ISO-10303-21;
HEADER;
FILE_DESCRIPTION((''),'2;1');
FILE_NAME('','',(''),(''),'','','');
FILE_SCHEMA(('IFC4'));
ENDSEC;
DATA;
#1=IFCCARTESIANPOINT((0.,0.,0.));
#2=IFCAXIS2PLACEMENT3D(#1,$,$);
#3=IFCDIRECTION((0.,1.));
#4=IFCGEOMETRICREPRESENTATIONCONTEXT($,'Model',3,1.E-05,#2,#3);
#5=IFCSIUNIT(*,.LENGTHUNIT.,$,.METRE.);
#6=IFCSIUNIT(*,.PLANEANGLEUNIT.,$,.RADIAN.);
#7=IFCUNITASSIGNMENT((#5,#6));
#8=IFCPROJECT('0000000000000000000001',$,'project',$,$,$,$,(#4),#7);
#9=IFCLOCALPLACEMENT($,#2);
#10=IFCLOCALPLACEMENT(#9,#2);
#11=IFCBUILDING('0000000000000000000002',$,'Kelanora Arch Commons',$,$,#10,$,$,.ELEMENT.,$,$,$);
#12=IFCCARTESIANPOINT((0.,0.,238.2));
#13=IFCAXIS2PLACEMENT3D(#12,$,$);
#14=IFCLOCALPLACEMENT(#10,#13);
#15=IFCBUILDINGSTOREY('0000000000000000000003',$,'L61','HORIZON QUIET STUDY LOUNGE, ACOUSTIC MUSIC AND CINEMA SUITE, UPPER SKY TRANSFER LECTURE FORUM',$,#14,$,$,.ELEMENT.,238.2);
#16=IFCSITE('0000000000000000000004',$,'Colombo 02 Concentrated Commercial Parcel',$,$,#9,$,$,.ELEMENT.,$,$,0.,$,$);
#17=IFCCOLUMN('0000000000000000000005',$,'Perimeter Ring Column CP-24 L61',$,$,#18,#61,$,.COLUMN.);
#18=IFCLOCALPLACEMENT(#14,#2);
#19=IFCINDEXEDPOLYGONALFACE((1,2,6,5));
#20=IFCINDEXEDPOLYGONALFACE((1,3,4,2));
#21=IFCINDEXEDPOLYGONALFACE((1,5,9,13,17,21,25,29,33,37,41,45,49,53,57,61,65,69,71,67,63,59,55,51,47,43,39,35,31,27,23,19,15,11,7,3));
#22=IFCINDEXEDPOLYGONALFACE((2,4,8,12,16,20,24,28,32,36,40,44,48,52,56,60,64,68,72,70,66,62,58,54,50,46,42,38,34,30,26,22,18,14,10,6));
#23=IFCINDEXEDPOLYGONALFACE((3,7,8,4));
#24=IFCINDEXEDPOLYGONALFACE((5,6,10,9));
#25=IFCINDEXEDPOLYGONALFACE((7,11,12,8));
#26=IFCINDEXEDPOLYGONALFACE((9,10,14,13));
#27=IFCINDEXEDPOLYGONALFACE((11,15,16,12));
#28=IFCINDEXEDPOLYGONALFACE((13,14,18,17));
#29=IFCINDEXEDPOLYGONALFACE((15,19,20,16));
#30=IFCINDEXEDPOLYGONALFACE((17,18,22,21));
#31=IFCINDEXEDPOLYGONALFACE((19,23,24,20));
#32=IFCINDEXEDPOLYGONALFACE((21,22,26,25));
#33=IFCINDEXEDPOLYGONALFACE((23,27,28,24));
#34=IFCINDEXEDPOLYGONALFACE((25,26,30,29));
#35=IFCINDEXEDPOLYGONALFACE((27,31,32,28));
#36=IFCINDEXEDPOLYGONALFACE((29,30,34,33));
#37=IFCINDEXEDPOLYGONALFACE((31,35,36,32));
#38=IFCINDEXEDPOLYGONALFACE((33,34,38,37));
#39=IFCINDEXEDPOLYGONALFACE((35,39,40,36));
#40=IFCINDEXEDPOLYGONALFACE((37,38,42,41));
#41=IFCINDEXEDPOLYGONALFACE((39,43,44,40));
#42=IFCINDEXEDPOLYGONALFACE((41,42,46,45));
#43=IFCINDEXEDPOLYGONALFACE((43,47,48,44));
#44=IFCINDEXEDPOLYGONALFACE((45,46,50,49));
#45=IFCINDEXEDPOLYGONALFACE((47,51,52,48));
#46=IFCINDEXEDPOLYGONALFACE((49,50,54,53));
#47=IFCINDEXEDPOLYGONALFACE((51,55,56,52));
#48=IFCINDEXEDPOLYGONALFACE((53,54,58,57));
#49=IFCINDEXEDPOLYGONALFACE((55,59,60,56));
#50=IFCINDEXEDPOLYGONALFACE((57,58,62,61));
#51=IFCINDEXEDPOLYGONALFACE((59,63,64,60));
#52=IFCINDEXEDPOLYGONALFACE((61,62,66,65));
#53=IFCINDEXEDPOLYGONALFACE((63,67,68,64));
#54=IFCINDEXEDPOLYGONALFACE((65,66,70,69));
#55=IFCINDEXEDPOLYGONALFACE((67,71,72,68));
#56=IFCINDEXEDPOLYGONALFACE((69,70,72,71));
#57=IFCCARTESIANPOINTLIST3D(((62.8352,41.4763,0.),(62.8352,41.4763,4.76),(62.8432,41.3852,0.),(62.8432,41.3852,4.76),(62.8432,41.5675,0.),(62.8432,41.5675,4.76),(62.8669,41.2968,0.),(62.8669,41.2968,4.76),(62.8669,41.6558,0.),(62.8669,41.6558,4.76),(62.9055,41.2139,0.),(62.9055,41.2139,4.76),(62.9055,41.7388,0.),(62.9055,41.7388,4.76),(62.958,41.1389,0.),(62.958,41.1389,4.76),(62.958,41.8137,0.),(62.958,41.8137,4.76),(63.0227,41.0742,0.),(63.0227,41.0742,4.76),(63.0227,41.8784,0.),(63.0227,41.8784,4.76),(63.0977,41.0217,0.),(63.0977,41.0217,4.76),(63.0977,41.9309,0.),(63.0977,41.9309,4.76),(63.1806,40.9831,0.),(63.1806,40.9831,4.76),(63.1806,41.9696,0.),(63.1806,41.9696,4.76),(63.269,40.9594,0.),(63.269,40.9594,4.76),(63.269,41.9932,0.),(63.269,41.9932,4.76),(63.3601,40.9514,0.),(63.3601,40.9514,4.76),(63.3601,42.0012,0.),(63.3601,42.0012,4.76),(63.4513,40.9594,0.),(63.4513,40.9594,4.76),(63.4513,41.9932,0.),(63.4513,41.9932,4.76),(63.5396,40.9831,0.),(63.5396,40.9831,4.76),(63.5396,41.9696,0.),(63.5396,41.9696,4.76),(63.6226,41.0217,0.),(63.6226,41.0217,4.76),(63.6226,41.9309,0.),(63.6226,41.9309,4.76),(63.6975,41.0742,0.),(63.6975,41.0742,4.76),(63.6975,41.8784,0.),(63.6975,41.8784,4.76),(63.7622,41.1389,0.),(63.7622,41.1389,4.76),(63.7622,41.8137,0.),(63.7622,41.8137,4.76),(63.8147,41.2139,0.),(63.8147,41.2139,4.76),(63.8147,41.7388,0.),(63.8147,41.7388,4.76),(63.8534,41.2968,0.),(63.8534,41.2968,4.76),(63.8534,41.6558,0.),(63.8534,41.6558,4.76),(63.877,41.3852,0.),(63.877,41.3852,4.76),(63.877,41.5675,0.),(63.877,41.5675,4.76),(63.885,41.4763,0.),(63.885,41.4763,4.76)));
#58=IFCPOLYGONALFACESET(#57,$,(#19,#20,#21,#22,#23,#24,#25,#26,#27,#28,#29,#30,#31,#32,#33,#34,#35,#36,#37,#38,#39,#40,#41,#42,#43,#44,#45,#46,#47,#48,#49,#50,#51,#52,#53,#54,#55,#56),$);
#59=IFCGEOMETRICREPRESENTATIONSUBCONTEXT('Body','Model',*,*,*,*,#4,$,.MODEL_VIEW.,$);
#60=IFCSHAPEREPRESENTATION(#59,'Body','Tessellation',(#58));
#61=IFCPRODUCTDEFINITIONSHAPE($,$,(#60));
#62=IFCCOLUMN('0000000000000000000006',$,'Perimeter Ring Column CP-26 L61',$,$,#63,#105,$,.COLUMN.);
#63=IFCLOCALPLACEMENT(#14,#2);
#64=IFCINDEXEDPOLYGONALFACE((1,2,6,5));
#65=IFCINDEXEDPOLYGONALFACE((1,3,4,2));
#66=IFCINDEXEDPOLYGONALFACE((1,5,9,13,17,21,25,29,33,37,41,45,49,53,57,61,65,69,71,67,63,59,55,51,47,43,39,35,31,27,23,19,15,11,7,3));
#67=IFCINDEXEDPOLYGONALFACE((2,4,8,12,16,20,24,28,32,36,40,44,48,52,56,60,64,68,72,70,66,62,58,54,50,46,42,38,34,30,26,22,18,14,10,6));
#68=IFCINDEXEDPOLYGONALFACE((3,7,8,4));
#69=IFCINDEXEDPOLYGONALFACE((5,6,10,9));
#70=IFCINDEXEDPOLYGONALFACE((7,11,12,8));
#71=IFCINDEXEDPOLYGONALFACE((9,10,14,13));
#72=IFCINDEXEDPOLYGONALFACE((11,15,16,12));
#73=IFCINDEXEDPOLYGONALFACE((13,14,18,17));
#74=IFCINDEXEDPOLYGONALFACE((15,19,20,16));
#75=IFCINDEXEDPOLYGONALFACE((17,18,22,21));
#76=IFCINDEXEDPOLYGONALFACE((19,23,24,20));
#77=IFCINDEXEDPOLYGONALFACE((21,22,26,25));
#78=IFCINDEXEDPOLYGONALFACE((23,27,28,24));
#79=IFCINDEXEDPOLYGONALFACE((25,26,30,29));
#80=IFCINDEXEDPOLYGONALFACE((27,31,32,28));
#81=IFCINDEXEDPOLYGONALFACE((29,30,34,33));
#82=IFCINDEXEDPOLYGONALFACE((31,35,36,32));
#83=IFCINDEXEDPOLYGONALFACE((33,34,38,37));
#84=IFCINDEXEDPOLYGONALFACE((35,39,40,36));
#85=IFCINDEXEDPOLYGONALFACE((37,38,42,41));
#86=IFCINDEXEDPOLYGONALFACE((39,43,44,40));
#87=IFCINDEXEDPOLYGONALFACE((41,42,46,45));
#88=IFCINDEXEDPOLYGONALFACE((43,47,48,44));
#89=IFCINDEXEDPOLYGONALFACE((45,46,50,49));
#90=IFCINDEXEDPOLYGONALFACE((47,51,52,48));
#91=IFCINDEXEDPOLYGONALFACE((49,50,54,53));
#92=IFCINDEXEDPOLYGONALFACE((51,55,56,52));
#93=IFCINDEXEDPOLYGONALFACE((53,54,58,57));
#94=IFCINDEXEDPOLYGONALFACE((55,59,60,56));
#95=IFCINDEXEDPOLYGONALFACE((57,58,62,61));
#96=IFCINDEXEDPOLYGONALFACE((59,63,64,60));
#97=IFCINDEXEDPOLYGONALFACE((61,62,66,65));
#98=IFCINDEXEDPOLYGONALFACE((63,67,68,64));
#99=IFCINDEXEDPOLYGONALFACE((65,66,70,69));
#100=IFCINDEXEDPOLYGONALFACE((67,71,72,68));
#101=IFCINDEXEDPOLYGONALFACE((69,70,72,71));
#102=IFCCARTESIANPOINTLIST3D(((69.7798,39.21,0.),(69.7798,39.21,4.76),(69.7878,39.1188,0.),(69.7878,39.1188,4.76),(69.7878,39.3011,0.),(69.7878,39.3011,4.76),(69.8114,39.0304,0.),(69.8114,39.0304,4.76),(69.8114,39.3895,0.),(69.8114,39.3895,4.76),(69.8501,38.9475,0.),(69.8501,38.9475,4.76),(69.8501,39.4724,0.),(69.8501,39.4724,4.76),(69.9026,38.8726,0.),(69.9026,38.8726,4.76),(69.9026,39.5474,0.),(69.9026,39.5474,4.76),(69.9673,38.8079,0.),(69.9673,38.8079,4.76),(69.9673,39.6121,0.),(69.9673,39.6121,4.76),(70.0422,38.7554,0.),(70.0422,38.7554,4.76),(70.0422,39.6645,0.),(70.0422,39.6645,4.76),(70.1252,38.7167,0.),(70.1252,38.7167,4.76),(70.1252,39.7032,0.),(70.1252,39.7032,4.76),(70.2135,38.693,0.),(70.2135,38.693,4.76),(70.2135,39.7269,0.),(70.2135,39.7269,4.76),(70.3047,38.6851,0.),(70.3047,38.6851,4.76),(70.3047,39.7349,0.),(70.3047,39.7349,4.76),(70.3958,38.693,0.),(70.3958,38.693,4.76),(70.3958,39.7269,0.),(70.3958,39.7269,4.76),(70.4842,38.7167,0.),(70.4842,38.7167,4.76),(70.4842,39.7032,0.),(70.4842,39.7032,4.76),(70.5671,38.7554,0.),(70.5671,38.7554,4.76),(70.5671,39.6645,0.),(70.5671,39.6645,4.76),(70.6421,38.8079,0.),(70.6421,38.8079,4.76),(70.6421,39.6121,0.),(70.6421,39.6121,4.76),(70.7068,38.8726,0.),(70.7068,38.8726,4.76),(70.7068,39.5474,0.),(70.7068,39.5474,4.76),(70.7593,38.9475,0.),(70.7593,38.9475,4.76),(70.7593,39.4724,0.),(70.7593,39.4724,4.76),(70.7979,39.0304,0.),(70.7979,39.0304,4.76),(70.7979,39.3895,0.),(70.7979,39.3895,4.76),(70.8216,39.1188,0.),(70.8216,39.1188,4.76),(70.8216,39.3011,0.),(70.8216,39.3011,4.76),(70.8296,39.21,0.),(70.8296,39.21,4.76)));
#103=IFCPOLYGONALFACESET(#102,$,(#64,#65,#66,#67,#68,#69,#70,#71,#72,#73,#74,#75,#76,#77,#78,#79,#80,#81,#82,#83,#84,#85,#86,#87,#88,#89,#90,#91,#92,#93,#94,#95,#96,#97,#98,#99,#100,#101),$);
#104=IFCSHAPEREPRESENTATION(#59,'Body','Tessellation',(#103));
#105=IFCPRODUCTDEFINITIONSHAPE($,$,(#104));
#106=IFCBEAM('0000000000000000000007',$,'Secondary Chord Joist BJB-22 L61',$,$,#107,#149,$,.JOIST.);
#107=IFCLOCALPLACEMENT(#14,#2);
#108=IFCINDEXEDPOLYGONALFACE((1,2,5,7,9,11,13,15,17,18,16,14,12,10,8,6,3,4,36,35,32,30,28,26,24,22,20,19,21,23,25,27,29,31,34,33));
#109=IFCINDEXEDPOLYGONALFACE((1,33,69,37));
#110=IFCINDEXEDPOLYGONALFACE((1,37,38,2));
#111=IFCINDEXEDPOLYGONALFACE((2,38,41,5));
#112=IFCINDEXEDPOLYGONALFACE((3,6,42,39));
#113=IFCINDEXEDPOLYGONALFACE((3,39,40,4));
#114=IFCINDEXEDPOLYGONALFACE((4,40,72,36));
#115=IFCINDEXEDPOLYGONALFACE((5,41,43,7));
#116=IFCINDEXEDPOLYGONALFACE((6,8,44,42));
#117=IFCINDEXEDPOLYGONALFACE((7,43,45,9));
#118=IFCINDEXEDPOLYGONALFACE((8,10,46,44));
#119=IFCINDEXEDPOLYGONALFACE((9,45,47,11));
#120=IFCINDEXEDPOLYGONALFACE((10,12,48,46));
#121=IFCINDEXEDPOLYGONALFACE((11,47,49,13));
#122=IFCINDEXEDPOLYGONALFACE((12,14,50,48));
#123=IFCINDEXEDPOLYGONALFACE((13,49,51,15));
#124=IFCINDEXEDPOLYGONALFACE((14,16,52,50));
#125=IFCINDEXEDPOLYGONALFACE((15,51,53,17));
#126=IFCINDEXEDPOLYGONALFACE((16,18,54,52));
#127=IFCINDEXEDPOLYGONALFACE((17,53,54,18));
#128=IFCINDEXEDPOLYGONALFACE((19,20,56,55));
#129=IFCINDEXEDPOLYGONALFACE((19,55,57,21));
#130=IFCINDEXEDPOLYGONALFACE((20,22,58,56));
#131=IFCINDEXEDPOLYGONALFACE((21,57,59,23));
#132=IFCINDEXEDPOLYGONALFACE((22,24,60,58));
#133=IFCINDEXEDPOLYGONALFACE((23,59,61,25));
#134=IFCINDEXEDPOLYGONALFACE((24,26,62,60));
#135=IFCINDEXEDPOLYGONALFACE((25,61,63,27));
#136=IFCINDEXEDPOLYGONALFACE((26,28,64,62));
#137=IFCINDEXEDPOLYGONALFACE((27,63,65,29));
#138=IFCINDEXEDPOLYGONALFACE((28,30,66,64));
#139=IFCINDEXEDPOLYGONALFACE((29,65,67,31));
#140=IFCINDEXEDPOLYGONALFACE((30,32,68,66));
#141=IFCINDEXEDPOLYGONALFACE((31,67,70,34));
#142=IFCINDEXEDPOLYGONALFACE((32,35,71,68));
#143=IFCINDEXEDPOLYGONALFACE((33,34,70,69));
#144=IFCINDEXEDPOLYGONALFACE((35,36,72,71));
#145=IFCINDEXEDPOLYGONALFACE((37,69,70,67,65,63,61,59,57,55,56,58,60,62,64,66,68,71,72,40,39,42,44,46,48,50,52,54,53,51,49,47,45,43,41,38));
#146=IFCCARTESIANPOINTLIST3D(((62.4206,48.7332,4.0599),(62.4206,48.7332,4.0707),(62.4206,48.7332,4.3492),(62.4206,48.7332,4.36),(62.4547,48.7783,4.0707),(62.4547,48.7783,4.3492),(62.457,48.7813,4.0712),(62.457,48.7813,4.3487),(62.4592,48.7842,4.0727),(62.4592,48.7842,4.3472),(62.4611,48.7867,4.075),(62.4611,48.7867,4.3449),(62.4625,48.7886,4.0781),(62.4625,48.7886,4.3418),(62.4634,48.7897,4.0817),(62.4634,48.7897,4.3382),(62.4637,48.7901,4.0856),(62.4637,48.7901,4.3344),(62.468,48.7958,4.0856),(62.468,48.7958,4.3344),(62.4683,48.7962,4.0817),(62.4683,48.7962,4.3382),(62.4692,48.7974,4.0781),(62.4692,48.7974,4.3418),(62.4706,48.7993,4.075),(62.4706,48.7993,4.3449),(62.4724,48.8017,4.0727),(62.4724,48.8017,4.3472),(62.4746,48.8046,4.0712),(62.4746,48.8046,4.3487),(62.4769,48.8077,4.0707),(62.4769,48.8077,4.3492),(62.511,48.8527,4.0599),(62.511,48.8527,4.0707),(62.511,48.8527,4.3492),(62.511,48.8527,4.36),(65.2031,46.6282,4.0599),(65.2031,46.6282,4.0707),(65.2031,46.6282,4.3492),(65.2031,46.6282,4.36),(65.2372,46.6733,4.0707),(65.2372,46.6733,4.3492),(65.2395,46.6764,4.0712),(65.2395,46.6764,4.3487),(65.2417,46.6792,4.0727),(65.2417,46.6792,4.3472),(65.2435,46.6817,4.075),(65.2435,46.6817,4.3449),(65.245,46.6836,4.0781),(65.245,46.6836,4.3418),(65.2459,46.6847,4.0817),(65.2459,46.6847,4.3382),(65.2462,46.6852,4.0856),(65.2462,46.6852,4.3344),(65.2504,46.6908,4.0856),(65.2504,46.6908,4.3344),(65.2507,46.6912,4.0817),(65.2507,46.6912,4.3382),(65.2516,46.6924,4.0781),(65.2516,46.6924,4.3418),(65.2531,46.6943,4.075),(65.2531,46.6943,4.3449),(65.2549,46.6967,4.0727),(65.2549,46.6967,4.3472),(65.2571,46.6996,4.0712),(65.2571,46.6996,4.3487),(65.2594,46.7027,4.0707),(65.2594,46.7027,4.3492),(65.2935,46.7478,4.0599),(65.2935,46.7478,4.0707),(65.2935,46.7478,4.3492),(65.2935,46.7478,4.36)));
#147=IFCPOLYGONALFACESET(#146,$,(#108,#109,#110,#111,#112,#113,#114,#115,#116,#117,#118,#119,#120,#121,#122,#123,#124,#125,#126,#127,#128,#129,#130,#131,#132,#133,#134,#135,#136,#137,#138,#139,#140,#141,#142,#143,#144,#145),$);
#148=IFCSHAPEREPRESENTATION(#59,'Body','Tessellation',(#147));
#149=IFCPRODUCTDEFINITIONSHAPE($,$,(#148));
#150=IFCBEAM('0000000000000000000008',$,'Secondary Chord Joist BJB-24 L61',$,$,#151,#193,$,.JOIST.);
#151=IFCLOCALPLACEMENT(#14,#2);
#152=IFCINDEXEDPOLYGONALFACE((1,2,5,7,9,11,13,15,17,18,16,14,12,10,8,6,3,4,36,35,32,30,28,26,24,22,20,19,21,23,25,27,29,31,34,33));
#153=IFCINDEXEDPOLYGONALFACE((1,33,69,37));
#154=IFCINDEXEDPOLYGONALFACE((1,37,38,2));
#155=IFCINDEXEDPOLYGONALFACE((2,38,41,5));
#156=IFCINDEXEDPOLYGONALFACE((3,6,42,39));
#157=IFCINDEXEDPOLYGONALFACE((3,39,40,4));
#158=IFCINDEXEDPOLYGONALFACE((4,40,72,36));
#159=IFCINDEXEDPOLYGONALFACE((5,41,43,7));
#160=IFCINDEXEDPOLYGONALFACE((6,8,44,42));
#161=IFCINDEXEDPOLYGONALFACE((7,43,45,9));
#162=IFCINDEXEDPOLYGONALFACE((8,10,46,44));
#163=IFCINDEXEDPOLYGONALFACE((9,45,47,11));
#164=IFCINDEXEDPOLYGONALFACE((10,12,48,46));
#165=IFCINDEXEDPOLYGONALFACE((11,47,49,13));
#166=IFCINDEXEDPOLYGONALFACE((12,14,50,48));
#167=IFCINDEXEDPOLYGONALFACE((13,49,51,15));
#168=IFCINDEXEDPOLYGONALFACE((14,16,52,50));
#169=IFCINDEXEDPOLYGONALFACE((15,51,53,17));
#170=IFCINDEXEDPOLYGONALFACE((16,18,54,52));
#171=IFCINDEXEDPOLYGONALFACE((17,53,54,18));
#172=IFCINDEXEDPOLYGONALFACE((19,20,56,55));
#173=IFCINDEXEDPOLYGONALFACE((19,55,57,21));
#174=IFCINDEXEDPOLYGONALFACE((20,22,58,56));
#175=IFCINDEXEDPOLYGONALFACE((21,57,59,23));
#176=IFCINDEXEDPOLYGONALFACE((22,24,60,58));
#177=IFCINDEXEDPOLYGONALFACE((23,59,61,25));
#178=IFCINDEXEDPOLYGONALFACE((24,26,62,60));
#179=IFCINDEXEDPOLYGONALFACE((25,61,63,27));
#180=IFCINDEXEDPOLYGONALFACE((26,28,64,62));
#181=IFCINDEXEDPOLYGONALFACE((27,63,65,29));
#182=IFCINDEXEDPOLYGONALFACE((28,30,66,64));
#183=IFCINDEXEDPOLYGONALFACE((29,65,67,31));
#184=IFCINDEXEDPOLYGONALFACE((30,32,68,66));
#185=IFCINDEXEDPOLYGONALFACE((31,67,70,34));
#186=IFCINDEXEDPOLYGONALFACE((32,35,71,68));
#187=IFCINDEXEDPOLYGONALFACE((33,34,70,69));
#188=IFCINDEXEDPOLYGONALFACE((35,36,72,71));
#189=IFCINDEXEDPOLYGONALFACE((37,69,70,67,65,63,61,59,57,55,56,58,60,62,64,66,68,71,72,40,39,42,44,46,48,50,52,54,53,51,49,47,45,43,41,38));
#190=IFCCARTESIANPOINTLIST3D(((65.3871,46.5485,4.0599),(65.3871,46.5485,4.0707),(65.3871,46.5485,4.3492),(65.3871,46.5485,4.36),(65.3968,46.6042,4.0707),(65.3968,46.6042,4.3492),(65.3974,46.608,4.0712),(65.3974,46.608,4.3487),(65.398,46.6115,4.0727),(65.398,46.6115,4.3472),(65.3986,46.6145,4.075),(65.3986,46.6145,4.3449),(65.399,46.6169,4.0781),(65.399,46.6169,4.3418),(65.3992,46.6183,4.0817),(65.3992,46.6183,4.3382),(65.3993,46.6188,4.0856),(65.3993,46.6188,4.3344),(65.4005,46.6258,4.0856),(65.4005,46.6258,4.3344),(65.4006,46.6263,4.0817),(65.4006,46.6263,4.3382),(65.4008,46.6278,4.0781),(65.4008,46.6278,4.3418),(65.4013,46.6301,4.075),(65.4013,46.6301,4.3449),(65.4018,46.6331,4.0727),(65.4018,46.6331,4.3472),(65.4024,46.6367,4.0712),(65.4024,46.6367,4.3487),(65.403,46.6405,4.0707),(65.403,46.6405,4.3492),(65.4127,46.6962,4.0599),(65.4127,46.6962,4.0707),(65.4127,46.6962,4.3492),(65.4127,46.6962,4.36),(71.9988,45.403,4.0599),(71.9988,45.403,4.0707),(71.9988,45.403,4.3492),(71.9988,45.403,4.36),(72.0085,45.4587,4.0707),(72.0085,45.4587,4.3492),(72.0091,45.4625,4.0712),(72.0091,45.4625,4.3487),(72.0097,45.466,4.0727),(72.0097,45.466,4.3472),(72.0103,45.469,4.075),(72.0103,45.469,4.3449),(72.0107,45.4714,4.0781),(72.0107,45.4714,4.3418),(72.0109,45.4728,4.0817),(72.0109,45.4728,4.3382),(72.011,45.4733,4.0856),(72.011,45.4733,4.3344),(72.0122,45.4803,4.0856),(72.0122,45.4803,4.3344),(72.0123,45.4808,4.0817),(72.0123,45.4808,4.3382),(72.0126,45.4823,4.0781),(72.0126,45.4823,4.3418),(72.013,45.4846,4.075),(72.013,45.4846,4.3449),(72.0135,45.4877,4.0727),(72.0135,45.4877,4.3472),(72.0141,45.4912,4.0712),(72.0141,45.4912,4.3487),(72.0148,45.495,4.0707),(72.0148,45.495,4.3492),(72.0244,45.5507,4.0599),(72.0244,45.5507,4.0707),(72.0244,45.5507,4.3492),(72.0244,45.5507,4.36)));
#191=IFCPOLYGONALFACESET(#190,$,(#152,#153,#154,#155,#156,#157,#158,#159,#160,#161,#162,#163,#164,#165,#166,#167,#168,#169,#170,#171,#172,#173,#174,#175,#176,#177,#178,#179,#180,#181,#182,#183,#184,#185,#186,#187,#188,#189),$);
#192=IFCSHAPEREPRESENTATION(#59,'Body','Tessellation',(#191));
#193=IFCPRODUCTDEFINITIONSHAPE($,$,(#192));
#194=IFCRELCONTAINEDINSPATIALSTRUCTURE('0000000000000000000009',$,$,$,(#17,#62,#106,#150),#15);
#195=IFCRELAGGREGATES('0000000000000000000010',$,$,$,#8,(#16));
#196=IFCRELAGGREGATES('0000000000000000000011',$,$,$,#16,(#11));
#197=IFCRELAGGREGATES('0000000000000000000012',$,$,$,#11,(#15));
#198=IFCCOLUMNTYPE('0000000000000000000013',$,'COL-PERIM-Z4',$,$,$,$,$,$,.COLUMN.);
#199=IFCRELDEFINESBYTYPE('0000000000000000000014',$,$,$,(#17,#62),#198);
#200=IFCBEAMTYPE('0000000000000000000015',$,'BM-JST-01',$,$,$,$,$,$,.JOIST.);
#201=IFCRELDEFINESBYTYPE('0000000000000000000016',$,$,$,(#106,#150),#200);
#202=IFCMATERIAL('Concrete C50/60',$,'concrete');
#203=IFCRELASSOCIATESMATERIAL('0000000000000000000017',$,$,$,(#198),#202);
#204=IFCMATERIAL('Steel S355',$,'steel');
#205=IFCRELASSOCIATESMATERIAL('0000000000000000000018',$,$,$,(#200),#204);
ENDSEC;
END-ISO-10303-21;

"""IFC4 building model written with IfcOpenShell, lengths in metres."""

from ifc_helpers import new_model, si_unit, direction, frame, origin, origin_2d, place, context, subcontext, project, spatial, circle, i_section, extrude, material, material_profile, profile_set, type_object, element, save


model = new_model("IFC4")

# Units and contexts
model_context = context("Model", 3, precision=1e-05, world=origin(), true_north=direction((0.0, 1.0)))
body_context = subcontext(model_context, "Body", "Model", "MODEL_VIEW")
ifc_project = project(units=[si_unit("LENGTHUNIT", "METRE"), si_unit("PLANEANGLEUNIT", "RADIAN")], contexts=[model_context])

# Site, building, storey
site_placement = place(None, origin())
site = spatial("IfcSite", under=ifc_project, at=site_placement, Name="Colombo 02 Concentrated Commercial Parcel", CompositionType="ELEMENT", RefElevation=0.0)
building_placement = place(site_placement, origin())
building = spatial("IfcBuilding", under=site, at=building_placement, Name="Kelanora Arch Commons", CompositionType="ELEMENT")
storey_placement = place(building_placement, frame((0.0, 0.0, 238.2)))
storey = spatial("IfcBuildingStorey", under=building, at=storey_placement, Name="L61", Description="HORIZON QUIET STUDY LOUNGE, ACOUSTIC MUSIC AND CINEMA SUITE, UPPER SKY TRANSFER LECTURE FORUM", CompositionType="ELEMENT", Elevation=238.2)

# Columns
ifc_material_1 = material(Name="Concrete C50/60", Category="concrete")
ifc_material_profile_1 = material_profile(ifc_material_1, circle(Radius=0.5249, at=origin_2d()), Name="RCC1050")
ifc_profile_set_1 = profile_set([ifc_material_profile_1], Name="Concrete C50/60")
column_type = type_object("IfcColumnType", Name="COL-PERIM-Z4", PredefinedType="COLUMN", material=ifc_profile_set_1)
for number, where, z_axis, x_axis, name in (
    (1, (63.3601, 41.4763, 0.0), (0.0, 0.0, 1.0), (1.0, 0.0, 0.0), "Perimeter Ring Column CP-24 L61"),
    (2, (70.3047, 39.21, 0.0), (0.0, 0.0, 1.0), (1.0, 0.0, 0.0), "Perimeter Ring Column CP-26 L61"),
):
    element("IfcColumn", number, at=place(storey_placement, frame(where, z_axis=z_axis, x_axis=x_axis)), inside=storey, type_object=column_type, Name=name, PredefinedType="COLUMN", context=body_context, shape_type="SweptSolid", body=[
        extrude(circle(Radius=0.5249, at=origin_2d()), origin(), (0.0, 0.0, 1.0), 4.76),
    ])

# Beams
ifc_material_2 = material(Name="Steel S355", Category="steel")
ifc_material_profile_2 = material_profile(ifc_material_2, i_section(OverallWidth=0.1499, OverallDepth=0.3, WebThickness=0.0071, FlangeThickness=0.0107, FilletRadius=0.0149, at=origin_2d()), Name="IPE300")
ifc_profile_set_2 = profile_set([ifc_material_profile_2], Name="Steel S355")
beam_type_1 = type_object("IfcBeamType", Name="BM-JST-01", PredefinedType="JOIST", material=ifc_profile_set_2)
beam_1_placement = place(storey_placement, frame((62.4658, 48.793, 4.21), z_axis=(0.797499, -0.60332, 0.0), x_axis=(0.60332, 0.797499, 0.0)))
element("IfcBeam", 3, at=beam_1_placement, inside=storey, type_object=beam_type_1, Name="Secondary Chord Joist BJB-22 L61", PredefinedType="JOIST", context=body_context, shape_type="SweptSolid", body=[
    extrude(i_section(OverallWidth=0.1499, OverallDepth=0.3, WebThickness=0.0071, FlangeThickness=0.0107, FilletRadius=0.0149, at=origin_2d()), origin(), (0.0, 0.0, 1.0), 3.489),
])
beam_2_placement = place(storey_placement, frame((65.3999, 46.6223, 4.21), z_axis=(0.985322, -0.170709, 0.0), x_axis=(0.170709, 0.985322, 0.0)))
element("IfcBeam", 4, at=beam_2_placement, inside=storey, type_object=beam_type_1, Name="Secondary Chord Joist BJB-24 L61", PredefinedType="JOIST", context=body_context, shape_type="SweptSolid", body=[
    extrude(i_section(OverallWidth=0.1499, OverallDepth=0.3, WebThickness=0.0071, FlangeThickness=0.0107, FilletRadius=0.0149, at=origin_2d()), origin(), (0.0, 0.0, 1.0), 6.7102),
])

save(model, "model.ifc")
